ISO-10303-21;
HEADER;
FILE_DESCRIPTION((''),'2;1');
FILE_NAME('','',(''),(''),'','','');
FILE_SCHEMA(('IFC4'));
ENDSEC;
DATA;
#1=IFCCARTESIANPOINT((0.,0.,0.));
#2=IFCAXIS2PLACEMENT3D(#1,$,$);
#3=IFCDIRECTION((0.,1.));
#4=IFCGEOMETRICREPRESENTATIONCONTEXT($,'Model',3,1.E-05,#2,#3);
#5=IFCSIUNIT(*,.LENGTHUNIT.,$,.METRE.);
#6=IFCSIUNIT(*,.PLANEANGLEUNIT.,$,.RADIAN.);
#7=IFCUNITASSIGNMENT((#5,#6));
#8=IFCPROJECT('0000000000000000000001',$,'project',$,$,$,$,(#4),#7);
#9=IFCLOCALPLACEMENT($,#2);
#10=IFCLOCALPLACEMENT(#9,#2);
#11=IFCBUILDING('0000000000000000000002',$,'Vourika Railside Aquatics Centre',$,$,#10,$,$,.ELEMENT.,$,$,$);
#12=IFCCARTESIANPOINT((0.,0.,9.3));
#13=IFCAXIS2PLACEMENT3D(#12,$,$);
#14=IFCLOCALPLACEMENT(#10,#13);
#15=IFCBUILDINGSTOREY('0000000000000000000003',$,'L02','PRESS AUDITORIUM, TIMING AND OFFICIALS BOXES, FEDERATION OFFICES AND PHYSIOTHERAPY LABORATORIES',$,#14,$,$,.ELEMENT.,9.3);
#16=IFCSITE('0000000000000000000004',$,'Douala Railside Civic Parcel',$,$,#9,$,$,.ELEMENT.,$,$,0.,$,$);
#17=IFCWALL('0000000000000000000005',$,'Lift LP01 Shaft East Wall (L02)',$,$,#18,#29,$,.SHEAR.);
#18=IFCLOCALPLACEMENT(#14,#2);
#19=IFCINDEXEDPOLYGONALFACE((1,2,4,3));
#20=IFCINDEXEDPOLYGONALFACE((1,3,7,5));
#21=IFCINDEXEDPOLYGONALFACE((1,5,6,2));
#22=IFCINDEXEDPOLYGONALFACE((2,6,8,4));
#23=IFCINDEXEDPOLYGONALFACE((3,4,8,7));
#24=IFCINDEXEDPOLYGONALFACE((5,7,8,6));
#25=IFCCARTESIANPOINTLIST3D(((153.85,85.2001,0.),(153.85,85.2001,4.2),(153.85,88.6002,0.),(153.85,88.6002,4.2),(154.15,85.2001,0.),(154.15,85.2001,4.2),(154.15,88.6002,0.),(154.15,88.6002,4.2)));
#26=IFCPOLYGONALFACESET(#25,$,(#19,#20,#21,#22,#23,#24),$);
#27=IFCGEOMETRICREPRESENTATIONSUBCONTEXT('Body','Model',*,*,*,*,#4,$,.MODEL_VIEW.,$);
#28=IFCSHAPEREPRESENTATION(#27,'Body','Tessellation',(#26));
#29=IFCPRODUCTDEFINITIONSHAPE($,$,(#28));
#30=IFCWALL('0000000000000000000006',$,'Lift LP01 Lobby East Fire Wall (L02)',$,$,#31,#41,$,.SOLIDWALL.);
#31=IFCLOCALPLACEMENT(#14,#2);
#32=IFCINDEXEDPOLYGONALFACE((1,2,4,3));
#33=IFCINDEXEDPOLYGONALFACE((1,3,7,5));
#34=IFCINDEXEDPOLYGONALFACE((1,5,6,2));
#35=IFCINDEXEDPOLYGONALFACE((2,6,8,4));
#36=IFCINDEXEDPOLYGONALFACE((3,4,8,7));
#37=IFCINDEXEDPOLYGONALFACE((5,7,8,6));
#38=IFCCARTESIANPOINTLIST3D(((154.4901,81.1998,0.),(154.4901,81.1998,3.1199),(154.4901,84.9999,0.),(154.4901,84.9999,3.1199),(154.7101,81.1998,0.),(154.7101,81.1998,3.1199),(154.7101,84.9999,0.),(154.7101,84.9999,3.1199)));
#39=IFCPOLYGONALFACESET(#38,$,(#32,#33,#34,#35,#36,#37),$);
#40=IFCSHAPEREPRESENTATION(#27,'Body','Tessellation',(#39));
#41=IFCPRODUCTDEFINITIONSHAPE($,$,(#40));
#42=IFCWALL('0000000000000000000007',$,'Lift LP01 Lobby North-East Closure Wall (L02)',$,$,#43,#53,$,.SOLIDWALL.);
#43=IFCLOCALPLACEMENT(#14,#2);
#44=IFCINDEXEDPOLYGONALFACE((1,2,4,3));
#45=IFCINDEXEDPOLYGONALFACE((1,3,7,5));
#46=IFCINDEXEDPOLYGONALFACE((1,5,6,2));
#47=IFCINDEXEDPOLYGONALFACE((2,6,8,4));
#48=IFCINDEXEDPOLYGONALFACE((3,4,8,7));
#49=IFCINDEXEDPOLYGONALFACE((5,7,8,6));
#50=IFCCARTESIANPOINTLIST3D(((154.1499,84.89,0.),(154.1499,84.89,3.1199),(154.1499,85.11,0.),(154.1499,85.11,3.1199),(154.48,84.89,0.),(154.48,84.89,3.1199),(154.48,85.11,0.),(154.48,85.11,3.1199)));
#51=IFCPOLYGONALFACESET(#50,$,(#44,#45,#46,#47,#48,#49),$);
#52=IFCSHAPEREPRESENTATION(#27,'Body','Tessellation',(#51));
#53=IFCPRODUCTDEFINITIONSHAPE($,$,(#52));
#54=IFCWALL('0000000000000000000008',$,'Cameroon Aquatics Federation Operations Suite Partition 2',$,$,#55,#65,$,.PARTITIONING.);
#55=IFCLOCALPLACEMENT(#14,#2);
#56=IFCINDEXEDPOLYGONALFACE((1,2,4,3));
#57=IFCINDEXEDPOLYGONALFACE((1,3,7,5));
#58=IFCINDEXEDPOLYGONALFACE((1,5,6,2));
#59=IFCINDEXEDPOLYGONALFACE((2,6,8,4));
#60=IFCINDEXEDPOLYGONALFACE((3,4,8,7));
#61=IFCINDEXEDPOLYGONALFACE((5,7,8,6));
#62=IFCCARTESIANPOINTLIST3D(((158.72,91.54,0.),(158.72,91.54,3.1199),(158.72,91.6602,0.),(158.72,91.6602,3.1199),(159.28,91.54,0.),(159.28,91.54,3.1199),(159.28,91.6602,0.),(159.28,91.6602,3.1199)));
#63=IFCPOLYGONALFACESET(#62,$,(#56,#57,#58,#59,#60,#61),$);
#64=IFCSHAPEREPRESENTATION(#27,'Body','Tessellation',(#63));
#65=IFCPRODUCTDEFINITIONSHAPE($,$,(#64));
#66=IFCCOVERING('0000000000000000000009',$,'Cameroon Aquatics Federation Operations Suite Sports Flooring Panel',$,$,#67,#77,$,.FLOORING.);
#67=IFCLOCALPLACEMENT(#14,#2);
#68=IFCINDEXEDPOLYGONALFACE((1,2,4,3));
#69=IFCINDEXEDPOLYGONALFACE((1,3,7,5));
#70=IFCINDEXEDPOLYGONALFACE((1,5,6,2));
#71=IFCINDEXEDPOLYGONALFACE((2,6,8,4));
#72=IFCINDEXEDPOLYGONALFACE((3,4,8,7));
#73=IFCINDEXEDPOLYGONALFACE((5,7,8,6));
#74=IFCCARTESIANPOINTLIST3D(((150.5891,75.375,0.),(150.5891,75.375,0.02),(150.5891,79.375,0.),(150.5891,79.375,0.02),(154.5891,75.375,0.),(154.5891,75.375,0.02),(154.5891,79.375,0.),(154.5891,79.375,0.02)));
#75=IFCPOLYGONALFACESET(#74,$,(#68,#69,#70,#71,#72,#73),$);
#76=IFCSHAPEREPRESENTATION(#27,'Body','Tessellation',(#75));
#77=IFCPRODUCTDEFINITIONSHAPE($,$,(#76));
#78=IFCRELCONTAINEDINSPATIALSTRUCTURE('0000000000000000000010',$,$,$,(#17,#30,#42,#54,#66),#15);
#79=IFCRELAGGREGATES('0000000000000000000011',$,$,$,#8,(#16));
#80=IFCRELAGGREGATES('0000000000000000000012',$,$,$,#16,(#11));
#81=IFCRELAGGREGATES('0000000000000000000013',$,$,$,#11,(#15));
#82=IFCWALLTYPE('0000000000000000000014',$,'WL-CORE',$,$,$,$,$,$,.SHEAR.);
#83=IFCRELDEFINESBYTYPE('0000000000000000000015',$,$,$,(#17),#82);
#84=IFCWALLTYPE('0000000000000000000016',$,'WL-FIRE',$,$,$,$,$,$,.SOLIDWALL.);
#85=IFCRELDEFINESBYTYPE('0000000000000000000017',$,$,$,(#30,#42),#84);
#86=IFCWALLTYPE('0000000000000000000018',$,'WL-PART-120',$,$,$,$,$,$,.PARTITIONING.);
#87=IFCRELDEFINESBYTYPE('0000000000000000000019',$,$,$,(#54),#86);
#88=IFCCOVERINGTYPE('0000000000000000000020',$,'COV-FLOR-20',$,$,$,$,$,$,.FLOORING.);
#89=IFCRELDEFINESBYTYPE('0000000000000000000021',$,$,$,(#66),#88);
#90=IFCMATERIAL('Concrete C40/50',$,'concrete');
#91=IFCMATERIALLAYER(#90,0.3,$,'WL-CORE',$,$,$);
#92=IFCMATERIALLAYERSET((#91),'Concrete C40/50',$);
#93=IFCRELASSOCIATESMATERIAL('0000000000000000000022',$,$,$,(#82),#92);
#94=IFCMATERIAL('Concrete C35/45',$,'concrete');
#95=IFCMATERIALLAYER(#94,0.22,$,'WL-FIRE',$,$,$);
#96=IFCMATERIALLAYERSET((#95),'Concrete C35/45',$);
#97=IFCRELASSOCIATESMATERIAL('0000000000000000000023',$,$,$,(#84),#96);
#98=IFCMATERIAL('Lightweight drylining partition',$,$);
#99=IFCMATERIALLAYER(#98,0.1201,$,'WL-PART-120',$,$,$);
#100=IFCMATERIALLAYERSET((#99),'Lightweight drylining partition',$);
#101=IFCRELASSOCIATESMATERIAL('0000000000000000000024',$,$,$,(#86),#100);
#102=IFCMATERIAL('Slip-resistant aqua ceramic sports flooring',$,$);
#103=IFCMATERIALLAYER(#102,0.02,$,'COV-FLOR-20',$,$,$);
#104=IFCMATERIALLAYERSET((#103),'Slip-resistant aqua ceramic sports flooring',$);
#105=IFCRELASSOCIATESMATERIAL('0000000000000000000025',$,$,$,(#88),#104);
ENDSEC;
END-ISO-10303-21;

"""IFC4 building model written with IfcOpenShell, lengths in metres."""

from ifc_helpers import new_model, si_unit, direction, frame, frame_2d, origin, origin_2d, place, context, subcontext, project, spatial, rectangle, extrude, material, layer, layer_set, type_object, element, save


model = new_model("IFC4")

# Units and contexts
model_context = context("Model", 3, precision=1e-05, world=origin(), true_north=direction((0.0, 1.0)))
body_context = subcontext(model_context, "Body", "Model", "MODEL_VIEW")
ifc_project = project(units=[si_unit("LENGTHUNIT", "METRE"), si_unit("PLANEANGLEUNIT", "RADIAN")], contexts=[model_context])

# Site, building, storey
site_placement = place(None, origin())
site = spatial("IfcSite", under=ifc_project, at=site_placement, Name="Douala Railside Civic Parcel", CompositionType="ELEMENT", RefElevation=0.0)
building_placement = place(site_placement, origin())
building = spatial("IfcBuilding", under=site, at=building_placement, Name="Vourika Railside Aquatics Centre", CompositionType="ELEMENT")
storey_placement = place(building_placement, frame((0.0, 0.0, 9.3)))
storey = spatial("IfcBuildingStorey", under=building, at=storey_placement, Name="L02", Description="PRESS AUDITORIUM, TIMING AND OFFICIALS BOXES, FEDERATION OFFICES AND PHYSIOTHERAPY LABORATORIES", CompositionType="ELEMENT", Elevation=9.3)

# Shared definitions
ifc_material_1 = material(Name="Concrete C35/45", Category="concrete")

# Shared definitions
ifc_material_2 = material(Name="Concrete C40/50", Category="concrete")
ifc_layer_1 = layer(ifc_material_2, 0.3, Name="WL-CORE")
ifc_layer_set_1 = layer_set([ifc_layer_1], Name="Concrete C40/50")
wall_type_1 = type_object("IfcWallType", Name="WL-CORE", PredefinedType="SHEAR", material=ifc_layer_set_1)

# Walls
wall_1_placement = place(storey_placement, frame((154.0, 85.2, 0.0), z_axis=(0.0, 0.0, 1.0), x_axis=(0.0, 1.0, 0.0)))
element("IfcWall", 1, at=wall_1_placement, inside=storey, type_object=wall_type_1, Name="Lift LP01 Shaft East Wall (L02)", PredefinedType="SHEAR", context=body_context, shape_type="SweptSolid", body=[
    extrude(rectangle(XDim=3.4001, YDim=0.3, at=frame_2d((1.7002, 0.0))), origin(), (0.0, 0.0, 1.0), 4.2),
])
ifc_layer_2 = layer(ifc_material_1, 0.22, Name="WL-FIRE")
ifc_layer_set_2 = layer_set([ifc_layer_2], Name="Concrete C35/45")
wall_type_2 = type_object("IfcWallType", Name="WL-FIRE", PredefinedType="SOLIDWALL", material=ifc_layer_set_2)
wall_2_placement = place(storey_placement, frame((154.6001, 81.2, 0.0), z_axis=(0.0, 0.0, 1.0), x_axis=(0.0, 1.0, 0.0)))
element("IfcWall", 2, at=wall_2_placement, inside=storey, type_object=wall_type_2, Name="Lift LP01 Lobby East Fire Wall (L02)", PredefinedType="SOLIDWALL", context=body_context, shape_type="SweptSolid", body=[
    extrude(rectangle(XDim=3.8, YDim=0.22, at=frame_2d((1.8999, 0.0))), origin(), (0.0, 0.0, 1.0), 3.1199),
])
wall_3_placement = place(storey_placement, frame((154.1499, 85.0, 0.0), z_axis=(0.0, 0.0, 1.0), x_axis=(1.0, 0.0, 0.0)))
element("IfcWall", 3, at=wall_3_placement, inside=storey, type_object=wall_type_2, Name="Lift LP01 Lobby North-East Closure Wall (L02)", PredefinedType="SOLIDWALL", context=body_context, shape_type="SweptSolid", body=[
    extrude(rectangle(XDim=0.3301, YDim=0.22, at=frame_2d((0.165, 0.0))), origin(), (0.0, 0.0, 1.0), 3.1199),
])
ifc_material_3 = material(Name="Lightweight drylining partition")
ifc_layer_3 = layer(ifc_material_3, 0.1201, Name="WL-PART-120")
ifc_layer_set_3 = layer_set([ifc_layer_3], Name="Lightweight drylining partition")
wall_type_3 = type_object("IfcWallType", Name="WL-PART-120", PredefinedType="PARTITIONING", material=ifc_layer_set_3)
wall_4_placement = place(storey_placement, frame((158.72, 91.6001, 0.0), z_axis=(0.0, 0.0, 1.0), x_axis=(1.0, 0.0, 0.0)))
element("IfcWall", 4, at=wall_4_placement, inside=storey, type_object=wall_type_3, Name="Cameroon Aquatics Federation Operations Suite Partition 2", PredefinedType="PARTITIONING", context=body_context, shape_type="SweptSolid", body=[
    extrude(rectangle(XDim=0.5601, YDim=0.1201, at=frame_2d((0.28, 0.0))), origin(), (0.0, 0.0, 1.0), 3.1199),
])

# Covering
ifc_material_4 = material(Name="Slip-resistant aqua ceramic sports flooring")
ifc_layer_4 = layer(ifc_material_4, 0.02, Name="COV-FLOR-20")
ifc_layer_set_4 = layer_set([ifc_layer_4], Name="Slip-resistant aqua ceramic sports flooring")
covering_type = type_object("IfcCoveringType", Name="COV-FLOR-20", PredefinedType="FLOORING", material=ifc_layer_set_4)
covering_placement = place(storey_placement, frame((152.5891, 77.375, 0.0), z_axis=(0.0, 0.0, 1.0), x_axis=(1.0, 0.0, 0.0)))
element("IfcCovering", 5, at=covering_placement, inside=storey, type_object=covering_type, Name="Cameroon Aquatics Federation Operations Suite Sports Flooring Panel", PredefinedType="FLOORING", context=body_context, shape_type="SweptSolid", body=[
    extrude(rectangle(XDim=4.0, YDim=4.0, at=origin_2d()), origin(), (0.0, 0.0, 1.0), 0.02),
])

save(model, "model.ifc")
